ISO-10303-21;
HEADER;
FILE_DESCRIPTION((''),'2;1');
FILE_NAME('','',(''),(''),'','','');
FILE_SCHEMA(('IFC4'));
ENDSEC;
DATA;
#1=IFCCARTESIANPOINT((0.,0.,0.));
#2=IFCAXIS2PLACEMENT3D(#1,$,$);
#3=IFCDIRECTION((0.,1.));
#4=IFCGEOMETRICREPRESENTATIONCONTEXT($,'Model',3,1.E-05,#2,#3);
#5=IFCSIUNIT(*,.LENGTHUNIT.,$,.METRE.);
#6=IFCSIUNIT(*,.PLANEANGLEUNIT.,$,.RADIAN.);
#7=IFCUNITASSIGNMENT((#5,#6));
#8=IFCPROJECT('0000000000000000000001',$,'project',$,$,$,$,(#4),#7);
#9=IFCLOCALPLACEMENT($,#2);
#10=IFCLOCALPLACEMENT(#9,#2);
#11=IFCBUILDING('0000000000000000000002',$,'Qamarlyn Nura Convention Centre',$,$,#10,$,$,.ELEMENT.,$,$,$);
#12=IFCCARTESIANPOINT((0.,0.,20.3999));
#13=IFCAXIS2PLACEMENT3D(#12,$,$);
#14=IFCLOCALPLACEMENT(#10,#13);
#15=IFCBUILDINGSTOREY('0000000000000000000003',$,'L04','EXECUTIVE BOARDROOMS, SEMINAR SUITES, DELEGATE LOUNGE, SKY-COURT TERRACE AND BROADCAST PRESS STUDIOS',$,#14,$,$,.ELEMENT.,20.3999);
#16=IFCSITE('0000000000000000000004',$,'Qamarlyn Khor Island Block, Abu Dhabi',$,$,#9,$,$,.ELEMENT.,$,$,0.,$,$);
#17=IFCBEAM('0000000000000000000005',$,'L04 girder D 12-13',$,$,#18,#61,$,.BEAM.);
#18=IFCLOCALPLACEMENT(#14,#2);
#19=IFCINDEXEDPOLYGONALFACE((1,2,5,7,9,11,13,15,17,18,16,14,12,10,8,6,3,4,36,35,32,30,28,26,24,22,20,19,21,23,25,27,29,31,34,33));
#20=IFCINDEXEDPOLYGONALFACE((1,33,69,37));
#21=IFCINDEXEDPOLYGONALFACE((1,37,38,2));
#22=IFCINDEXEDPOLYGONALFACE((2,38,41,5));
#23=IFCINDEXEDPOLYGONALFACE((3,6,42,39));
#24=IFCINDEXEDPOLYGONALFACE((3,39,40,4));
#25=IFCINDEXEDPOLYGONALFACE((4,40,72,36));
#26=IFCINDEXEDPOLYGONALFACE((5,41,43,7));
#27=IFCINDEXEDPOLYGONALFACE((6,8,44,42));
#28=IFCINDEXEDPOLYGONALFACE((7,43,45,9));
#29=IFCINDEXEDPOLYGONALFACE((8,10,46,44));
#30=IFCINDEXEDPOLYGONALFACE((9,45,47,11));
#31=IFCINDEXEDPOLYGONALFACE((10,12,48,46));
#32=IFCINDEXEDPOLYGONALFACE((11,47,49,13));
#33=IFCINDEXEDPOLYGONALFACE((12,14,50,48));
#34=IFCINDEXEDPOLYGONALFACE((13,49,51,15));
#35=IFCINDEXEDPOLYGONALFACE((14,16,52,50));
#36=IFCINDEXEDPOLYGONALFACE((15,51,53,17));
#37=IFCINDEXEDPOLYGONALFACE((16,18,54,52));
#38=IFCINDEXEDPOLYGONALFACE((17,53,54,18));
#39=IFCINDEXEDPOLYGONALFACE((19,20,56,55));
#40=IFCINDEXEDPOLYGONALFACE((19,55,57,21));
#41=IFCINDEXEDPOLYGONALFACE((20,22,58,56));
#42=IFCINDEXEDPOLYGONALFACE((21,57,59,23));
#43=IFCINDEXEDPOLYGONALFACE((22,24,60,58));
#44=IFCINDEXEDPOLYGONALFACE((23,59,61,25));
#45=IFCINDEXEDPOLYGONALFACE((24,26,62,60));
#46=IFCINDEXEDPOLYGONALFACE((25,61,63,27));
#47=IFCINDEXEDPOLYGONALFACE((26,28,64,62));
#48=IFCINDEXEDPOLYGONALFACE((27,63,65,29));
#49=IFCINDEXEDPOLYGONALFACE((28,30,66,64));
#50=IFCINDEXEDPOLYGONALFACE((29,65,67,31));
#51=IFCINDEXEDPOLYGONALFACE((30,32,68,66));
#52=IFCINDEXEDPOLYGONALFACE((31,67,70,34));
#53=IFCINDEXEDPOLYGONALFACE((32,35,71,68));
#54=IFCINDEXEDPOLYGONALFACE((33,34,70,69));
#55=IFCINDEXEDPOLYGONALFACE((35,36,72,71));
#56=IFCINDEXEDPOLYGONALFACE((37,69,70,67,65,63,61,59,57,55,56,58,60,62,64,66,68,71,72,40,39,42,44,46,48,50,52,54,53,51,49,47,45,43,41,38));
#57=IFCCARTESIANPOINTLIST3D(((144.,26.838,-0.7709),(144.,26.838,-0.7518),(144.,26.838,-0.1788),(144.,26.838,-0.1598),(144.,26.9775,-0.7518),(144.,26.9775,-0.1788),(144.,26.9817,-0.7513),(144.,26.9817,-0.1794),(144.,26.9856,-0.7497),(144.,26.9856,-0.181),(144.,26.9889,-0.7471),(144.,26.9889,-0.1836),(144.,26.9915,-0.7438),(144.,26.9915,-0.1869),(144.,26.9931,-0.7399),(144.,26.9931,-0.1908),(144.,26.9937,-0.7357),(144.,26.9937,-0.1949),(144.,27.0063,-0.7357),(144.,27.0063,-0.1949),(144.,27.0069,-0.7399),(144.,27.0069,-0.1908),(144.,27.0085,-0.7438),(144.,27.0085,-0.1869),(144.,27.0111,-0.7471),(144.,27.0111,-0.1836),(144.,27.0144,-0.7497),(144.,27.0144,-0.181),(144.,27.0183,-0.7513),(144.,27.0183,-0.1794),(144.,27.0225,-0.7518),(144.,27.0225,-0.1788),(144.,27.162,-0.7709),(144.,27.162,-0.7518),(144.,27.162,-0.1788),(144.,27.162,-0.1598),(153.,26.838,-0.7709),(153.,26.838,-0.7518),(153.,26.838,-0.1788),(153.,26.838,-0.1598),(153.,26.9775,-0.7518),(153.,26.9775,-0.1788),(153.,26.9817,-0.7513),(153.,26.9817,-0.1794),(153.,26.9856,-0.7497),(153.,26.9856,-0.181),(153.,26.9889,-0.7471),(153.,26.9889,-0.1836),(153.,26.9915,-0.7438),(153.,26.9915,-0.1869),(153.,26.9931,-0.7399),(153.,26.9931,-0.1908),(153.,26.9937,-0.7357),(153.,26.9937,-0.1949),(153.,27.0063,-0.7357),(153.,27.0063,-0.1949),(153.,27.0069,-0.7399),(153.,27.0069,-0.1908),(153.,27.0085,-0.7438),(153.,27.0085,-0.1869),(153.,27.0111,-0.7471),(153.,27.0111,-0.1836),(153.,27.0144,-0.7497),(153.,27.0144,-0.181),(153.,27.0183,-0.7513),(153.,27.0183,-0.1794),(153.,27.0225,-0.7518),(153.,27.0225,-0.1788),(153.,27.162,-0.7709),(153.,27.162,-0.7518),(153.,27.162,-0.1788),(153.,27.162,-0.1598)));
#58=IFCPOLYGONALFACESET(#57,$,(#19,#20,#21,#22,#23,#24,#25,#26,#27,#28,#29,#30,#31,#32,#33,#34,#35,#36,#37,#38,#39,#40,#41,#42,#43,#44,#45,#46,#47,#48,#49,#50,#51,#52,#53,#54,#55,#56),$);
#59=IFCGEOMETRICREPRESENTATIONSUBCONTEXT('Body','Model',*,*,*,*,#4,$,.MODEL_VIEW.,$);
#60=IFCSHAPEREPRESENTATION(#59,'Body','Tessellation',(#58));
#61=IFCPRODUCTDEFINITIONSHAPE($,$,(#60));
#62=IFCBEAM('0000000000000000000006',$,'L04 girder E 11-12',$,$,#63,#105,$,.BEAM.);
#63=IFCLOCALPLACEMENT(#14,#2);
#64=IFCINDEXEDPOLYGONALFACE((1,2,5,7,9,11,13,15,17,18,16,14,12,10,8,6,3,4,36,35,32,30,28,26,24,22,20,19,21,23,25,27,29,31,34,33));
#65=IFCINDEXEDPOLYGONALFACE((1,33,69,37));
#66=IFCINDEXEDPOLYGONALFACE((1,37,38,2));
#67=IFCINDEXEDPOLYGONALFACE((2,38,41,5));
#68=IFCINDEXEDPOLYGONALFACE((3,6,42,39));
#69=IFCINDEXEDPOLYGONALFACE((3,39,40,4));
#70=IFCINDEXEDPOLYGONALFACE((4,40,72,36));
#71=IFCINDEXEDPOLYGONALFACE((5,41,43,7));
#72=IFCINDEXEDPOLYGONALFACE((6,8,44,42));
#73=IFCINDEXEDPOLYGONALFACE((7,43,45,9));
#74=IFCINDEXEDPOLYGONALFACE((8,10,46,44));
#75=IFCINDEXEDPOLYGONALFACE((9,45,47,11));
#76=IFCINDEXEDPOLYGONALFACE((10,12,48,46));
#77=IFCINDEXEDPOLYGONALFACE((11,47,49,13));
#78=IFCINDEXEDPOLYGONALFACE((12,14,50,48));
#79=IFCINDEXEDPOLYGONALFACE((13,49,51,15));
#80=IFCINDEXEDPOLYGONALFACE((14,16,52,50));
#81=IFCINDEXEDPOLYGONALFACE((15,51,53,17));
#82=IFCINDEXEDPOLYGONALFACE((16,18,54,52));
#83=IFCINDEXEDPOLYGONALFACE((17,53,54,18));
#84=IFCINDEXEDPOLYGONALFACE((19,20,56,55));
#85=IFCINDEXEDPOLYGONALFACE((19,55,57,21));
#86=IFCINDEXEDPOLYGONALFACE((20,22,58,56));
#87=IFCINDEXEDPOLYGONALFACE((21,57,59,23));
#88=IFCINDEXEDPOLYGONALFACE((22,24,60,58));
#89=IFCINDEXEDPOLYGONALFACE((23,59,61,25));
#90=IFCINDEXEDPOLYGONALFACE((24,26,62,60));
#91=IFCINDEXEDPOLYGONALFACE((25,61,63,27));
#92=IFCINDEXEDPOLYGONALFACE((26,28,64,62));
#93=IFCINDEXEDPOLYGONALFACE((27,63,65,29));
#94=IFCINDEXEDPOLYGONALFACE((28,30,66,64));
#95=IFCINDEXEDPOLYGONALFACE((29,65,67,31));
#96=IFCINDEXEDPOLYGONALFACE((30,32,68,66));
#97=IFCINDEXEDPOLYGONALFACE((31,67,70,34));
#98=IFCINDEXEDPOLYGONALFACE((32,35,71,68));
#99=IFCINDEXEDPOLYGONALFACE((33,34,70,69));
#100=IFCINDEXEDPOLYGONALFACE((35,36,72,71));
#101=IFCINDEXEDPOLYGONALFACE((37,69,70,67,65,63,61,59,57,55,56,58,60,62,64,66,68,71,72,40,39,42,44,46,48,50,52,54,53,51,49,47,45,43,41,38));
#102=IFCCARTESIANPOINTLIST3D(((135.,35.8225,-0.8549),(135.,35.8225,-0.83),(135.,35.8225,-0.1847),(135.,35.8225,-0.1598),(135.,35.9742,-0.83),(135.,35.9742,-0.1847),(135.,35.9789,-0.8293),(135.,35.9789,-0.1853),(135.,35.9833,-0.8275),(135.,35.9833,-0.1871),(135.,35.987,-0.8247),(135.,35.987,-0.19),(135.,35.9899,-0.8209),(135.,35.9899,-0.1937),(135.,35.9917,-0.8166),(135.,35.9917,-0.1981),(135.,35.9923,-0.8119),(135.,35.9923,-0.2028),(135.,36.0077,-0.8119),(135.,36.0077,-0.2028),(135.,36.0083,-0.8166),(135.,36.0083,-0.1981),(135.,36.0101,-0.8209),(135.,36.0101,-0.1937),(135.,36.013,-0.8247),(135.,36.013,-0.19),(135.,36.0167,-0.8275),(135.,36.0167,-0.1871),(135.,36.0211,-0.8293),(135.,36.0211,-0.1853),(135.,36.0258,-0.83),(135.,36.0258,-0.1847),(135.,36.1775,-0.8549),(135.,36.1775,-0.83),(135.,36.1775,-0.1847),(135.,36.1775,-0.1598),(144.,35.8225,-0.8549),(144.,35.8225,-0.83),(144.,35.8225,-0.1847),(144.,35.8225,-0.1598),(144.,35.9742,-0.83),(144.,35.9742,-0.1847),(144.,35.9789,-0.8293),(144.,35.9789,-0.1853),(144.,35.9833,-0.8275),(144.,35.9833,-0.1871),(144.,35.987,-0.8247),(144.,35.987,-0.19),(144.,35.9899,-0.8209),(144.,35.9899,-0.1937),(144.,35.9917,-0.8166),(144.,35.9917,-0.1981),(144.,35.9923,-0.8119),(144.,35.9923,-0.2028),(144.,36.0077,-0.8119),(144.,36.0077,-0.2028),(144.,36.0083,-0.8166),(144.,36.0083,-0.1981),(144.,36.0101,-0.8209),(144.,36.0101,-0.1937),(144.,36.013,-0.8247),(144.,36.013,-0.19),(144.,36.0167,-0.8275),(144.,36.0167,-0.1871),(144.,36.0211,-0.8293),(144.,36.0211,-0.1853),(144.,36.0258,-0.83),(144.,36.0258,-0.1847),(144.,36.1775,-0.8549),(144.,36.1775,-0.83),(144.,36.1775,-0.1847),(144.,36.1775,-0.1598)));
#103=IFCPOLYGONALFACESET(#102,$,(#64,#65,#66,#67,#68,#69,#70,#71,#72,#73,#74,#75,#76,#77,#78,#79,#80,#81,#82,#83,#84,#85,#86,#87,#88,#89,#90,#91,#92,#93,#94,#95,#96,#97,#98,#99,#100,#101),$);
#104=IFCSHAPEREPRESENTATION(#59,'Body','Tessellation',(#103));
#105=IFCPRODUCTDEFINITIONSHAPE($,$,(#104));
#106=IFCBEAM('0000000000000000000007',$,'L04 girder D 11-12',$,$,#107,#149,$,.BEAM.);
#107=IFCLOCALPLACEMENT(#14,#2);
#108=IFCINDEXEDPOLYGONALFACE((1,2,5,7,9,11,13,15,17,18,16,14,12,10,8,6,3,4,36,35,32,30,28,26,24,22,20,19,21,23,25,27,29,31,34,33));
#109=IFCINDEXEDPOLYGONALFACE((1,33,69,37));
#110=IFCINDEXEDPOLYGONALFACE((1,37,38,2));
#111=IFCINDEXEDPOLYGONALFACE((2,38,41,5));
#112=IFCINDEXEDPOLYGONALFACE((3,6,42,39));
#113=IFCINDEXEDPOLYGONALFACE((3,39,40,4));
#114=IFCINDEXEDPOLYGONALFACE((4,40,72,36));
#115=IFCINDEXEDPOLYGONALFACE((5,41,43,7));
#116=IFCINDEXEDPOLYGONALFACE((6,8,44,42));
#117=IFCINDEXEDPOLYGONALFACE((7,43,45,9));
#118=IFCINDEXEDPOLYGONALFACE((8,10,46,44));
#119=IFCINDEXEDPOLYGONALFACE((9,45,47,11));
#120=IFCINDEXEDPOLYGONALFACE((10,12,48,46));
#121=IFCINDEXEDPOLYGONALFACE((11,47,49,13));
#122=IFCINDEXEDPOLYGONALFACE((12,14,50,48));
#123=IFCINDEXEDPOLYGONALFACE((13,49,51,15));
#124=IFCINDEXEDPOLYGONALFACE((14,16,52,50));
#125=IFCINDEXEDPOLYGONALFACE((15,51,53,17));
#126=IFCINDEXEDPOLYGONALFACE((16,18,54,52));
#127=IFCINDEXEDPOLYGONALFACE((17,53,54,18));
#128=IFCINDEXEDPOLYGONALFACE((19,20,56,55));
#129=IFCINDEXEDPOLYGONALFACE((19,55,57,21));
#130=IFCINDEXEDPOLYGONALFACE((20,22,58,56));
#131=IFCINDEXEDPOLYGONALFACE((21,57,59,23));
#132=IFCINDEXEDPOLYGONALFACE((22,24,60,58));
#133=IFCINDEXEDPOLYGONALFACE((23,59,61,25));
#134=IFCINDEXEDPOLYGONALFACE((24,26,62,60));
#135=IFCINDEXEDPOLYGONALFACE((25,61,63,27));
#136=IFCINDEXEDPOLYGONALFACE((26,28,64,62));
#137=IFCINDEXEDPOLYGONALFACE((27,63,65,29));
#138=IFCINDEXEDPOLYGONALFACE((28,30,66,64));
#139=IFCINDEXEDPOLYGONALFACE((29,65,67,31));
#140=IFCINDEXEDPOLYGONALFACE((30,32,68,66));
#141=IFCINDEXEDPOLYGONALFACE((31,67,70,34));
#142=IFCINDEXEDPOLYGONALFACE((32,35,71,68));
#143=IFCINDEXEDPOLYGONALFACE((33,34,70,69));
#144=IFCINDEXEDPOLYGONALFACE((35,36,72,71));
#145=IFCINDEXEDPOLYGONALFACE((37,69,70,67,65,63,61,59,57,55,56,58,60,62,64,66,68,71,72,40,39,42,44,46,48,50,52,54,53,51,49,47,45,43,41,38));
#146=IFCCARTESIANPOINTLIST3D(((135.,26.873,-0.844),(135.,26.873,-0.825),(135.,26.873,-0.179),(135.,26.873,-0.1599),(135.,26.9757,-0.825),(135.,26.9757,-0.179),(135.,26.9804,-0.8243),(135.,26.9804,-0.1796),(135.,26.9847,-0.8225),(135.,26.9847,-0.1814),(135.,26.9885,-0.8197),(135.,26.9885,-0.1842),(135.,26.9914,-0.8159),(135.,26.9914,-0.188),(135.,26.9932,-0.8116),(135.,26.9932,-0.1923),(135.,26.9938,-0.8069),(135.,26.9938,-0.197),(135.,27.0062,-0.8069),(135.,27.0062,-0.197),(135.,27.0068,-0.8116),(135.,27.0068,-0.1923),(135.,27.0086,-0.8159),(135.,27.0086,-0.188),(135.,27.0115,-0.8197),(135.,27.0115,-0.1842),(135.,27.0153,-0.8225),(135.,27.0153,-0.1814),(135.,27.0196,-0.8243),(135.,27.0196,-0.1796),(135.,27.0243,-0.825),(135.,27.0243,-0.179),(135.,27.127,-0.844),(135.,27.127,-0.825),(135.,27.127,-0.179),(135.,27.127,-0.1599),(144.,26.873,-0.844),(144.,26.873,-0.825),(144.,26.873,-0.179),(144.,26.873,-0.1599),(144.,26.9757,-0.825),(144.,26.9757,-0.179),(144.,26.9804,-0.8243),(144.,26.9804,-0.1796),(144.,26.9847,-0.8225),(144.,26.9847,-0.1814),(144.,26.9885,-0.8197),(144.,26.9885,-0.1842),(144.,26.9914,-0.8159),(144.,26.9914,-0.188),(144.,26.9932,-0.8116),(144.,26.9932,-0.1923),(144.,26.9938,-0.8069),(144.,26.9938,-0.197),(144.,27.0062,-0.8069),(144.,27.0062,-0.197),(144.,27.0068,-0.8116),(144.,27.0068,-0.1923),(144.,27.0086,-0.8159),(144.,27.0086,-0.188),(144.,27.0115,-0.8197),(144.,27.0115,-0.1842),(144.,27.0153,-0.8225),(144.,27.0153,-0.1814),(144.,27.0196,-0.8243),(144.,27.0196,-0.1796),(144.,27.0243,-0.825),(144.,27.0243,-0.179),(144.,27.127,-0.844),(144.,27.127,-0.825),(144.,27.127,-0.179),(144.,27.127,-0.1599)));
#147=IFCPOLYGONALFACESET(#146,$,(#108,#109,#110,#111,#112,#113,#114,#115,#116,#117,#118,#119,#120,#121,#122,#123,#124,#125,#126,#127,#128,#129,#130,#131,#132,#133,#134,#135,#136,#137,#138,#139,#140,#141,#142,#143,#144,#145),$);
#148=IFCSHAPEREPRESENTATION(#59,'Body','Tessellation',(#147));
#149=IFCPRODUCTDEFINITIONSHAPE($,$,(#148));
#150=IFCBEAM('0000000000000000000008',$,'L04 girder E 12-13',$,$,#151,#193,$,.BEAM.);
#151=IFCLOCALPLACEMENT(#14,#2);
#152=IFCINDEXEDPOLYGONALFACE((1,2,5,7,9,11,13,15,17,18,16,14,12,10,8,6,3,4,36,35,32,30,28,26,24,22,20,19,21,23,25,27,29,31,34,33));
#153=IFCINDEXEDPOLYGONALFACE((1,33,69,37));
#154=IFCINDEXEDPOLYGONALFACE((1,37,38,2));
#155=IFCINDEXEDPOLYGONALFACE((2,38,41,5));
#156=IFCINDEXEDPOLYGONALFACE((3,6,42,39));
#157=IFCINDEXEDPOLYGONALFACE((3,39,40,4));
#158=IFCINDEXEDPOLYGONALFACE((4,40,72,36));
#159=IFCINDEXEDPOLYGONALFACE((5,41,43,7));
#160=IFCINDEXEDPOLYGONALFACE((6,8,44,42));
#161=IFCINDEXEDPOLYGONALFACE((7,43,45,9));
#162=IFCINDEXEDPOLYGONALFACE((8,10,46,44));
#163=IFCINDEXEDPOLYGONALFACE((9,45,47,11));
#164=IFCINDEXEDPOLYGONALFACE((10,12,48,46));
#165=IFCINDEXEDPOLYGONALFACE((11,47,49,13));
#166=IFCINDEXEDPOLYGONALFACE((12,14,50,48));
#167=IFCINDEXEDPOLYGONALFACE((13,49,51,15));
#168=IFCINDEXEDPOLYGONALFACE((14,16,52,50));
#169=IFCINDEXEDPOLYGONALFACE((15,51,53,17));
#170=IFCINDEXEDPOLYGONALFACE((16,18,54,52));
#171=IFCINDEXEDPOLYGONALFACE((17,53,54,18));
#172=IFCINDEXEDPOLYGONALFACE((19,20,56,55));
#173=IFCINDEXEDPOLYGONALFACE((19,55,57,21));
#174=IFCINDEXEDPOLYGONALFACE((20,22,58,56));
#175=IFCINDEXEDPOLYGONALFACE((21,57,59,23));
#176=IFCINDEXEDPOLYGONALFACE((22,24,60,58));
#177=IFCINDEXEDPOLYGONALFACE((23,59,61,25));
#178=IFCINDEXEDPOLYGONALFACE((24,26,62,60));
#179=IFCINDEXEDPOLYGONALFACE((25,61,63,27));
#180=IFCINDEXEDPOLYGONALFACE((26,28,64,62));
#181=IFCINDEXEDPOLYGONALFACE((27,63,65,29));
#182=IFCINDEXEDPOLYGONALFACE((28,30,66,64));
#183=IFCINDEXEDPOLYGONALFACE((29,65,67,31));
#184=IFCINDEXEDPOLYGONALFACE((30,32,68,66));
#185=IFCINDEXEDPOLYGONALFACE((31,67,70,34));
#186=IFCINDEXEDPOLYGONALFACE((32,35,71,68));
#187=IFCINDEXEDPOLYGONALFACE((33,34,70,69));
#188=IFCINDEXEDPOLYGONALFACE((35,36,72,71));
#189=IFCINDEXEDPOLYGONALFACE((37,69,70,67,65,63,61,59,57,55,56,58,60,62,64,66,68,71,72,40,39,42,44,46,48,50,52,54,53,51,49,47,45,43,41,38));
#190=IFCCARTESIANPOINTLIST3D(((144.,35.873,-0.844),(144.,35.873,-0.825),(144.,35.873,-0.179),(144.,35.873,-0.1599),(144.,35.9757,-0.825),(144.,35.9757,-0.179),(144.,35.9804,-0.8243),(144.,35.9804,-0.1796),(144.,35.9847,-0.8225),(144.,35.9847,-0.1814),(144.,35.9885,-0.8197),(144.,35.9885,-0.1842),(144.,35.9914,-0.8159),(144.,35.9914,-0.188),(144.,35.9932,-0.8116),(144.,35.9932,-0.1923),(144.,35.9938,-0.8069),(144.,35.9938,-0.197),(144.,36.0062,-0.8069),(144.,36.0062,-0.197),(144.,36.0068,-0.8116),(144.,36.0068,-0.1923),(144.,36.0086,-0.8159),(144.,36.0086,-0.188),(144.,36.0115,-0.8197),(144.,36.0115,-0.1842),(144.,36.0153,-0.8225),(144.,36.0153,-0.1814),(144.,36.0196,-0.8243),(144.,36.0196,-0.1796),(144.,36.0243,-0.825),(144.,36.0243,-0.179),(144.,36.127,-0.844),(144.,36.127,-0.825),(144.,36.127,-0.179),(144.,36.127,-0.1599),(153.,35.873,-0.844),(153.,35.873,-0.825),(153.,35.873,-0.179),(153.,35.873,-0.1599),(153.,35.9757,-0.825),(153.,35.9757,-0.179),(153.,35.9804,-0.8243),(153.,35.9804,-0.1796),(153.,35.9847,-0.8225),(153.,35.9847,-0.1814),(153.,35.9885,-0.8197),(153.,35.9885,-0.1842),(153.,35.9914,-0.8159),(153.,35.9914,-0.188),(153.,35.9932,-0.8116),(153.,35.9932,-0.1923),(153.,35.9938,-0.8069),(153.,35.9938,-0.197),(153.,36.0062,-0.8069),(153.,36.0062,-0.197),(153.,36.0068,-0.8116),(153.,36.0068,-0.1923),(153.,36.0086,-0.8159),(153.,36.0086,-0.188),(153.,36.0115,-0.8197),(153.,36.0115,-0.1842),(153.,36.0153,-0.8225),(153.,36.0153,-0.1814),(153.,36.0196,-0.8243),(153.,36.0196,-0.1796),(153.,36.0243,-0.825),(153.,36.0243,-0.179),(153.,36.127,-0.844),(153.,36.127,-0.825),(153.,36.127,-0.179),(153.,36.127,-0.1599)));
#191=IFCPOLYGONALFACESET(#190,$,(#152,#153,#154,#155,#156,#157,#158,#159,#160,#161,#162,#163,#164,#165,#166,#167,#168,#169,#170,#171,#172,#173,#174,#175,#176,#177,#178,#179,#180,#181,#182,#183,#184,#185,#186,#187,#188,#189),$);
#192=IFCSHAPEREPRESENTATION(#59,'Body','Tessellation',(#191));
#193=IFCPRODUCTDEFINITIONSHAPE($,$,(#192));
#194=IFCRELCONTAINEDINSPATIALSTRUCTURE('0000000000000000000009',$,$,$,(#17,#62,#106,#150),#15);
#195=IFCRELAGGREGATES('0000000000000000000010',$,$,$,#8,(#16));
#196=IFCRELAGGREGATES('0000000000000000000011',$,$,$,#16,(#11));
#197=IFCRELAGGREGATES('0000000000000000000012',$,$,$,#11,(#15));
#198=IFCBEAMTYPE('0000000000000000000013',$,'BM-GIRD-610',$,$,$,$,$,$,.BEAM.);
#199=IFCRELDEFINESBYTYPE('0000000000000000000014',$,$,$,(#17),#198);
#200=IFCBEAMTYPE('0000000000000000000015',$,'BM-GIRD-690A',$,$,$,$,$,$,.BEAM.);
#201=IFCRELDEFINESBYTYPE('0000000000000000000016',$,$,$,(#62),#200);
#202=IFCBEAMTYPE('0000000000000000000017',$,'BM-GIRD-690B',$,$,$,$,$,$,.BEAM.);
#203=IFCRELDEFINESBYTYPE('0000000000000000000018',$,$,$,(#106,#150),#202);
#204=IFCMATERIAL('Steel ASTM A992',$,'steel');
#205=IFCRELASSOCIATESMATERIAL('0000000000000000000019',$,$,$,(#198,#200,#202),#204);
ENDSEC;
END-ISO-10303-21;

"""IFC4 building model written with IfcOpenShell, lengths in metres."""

from ifc_helpers import new_model, si_unit, direction, frame, origin, origin_2d, place, context, subcontext, project, spatial, i_section, extrude, material, material_profile, profile_set, type_object, element, save


model = new_model("IFC4")

# Units and contexts
model_context = context("Model", 3, precision=1e-05, world=origin(), true_north=direction((0.0, 1.0)))
body_context = subcontext(model_context, "Body", "Model", "MODEL_VIEW")
ifc_project = project(units=[si_unit("LENGTHUNIT", "METRE"), si_unit("PLANEANGLEUNIT", "RADIAN")], contexts=[model_context])

# Site, building, storey
site_placement = place(None, origin())
site = spatial("IfcSite", under=ifc_project, at=site_placement, Name="Qamarlyn Khor Island Block, Abu Dhabi", CompositionType="ELEMENT", RefElevation=0.0)
building_placement = place(site_placement, origin())
building = spatial("IfcBuilding", under=site, at=building_placement, Name="Qamarlyn Nura Convention Centre", CompositionType="ELEMENT")
storey_placement = place(building_placement, frame((0.0, 0.0, 20.3999)))
storey = spatial("IfcBuildingStorey", under=building, at=storey_placement, Name="L04", Description="EXECUTIVE BOARDROOMS, SEMINAR SUITES, DELEGATE LOUNGE, SKY-COURT TERRACE AND BROADCAST PRESS STUDIOS", CompositionType="ELEMENT", Elevation=20.3999)

# Beams
ifc_material_1 = material(Name="Steel ASTM A992", Category="steel")
ifc_material_profile_1 = material_profile(ifc_material_1, i_section(OverallWidth=0.324, OverallDepth=0.6111, WebThickness=0.0127, FlangeThickness=0.019, FilletRadius=0.0161, at=origin_2d()), Name="W610X155")
ifc_profile_set_1 = profile_set([ifc_material_profile_1], Name="Steel ASTM A992")
beam_type_1 = type_object("IfcBeamType", Name="BM-GIRD-610", PredefinedType="BEAM", material=ifc_profile_set_1)
beam_1_placement = place(storey_placement, frame((144.0, 27.0, -0.4653), z_axis=(1.0, 0.0, 0.0), x_axis=(0.0, 1.0, 0.0)))
element("IfcBeam", 1, at=beam_1_placement, inside=storey, type_object=beam_type_1, Name="L04 girder D 12-13", PredefinedType="BEAM", context=body_context, shape_type="SweptSolid", body=[
    extrude(i_section(OverallWidth=0.324, OverallDepth=0.6111, WebThickness=0.0127, FlangeThickness=0.019, FilletRadius=0.0161, at=origin_2d()), origin(), (0.0, 0.0, 1.0), 9.0),
])
ifc_material_profile_2 = material_profile(ifc_material_1, i_section(OverallWidth=0.355, OverallDepth=0.6951, WebThickness=0.0154, FlangeThickness=0.0249, FilletRadius=0.0181, at=origin_2d()), Name="W690X217")
ifc_profile_set_2 = profile_set([ifc_material_profile_2], Name="Steel ASTM A992")
beam_type_2 = type_object("IfcBeamType", Name="BM-GIRD-690A", PredefinedType="BEAM", material=ifc_profile_set_2)
beam_2_placement = place(storey_placement, frame((135.0, 36.0, -0.5073), z_axis=(1.0, 0.0, 0.0), x_axis=(0.0, 1.0, 0.0)))
element("IfcBeam", 2, at=beam_2_placement, inside=storey, type_object=beam_type_2, Name="L04 girder E 11-12", PredefinedType="BEAM", context=body_context, shape_type="SweptSolid", body=[
    extrude(i_section(OverallWidth=0.355, OverallDepth=0.6951, WebThickness=0.0154, FlangeThickness=0.0249, FilletRadius=0.0181, at=origin_2d()), origin(), (0.0, 0.0, 1.0), 9.0),
])
ifc_material_profile_3 = material_profile(ifc_material_1, i_section(OverallWidth=0.2539, OverallDepth=0.6841, WebThickness=0.0125, FlangeThickness=0.019, FilletRadius=0.0181, at=origin_2d()), Name="W690X140")
ifc_profile_set_3 = profile_set([ifc_material_profile_3], Name="Steel ASTM A992")
beam_type_3 = type_object("IfcBeamType", Name="BM-GIRD-690B", PredefinedType="BEAM", material=ifc_profile_set_3)
for number, where, z_axis, x_axis, name in (
    (3, (135.0, 27.0, -0.502), (1.0, 0.0, 0.0), (0.0, 1.0, 0.0), "L04 girder D 11-12"),
    (4, (144.0, 36.0, -0.502), (1.0, 0.0, 0.0), (0.0, 1.0, 0.0), "L04 girder E 12-13"),
):
    element("IfcBeam", number, at=place(storey_placement, frame(where, z_axis=z_axis, x_axis=x_axis)), inside=storey, type_object=beam_type_3, Name=name, PredefinedType="BEAM", context=body_context, shape_type="SweptSolid", body=[
        extrude(i_section(OverallWidth=0.2539, OverallDepth=0.6841, WebThickness=0.0125, FlangeThickness=0.019, FilletRadius=0.0181, at=origin_2d()), origin(), (0.0, 0.0, 1.0), 9.0),
    ])

save(model, "model.ifc")
